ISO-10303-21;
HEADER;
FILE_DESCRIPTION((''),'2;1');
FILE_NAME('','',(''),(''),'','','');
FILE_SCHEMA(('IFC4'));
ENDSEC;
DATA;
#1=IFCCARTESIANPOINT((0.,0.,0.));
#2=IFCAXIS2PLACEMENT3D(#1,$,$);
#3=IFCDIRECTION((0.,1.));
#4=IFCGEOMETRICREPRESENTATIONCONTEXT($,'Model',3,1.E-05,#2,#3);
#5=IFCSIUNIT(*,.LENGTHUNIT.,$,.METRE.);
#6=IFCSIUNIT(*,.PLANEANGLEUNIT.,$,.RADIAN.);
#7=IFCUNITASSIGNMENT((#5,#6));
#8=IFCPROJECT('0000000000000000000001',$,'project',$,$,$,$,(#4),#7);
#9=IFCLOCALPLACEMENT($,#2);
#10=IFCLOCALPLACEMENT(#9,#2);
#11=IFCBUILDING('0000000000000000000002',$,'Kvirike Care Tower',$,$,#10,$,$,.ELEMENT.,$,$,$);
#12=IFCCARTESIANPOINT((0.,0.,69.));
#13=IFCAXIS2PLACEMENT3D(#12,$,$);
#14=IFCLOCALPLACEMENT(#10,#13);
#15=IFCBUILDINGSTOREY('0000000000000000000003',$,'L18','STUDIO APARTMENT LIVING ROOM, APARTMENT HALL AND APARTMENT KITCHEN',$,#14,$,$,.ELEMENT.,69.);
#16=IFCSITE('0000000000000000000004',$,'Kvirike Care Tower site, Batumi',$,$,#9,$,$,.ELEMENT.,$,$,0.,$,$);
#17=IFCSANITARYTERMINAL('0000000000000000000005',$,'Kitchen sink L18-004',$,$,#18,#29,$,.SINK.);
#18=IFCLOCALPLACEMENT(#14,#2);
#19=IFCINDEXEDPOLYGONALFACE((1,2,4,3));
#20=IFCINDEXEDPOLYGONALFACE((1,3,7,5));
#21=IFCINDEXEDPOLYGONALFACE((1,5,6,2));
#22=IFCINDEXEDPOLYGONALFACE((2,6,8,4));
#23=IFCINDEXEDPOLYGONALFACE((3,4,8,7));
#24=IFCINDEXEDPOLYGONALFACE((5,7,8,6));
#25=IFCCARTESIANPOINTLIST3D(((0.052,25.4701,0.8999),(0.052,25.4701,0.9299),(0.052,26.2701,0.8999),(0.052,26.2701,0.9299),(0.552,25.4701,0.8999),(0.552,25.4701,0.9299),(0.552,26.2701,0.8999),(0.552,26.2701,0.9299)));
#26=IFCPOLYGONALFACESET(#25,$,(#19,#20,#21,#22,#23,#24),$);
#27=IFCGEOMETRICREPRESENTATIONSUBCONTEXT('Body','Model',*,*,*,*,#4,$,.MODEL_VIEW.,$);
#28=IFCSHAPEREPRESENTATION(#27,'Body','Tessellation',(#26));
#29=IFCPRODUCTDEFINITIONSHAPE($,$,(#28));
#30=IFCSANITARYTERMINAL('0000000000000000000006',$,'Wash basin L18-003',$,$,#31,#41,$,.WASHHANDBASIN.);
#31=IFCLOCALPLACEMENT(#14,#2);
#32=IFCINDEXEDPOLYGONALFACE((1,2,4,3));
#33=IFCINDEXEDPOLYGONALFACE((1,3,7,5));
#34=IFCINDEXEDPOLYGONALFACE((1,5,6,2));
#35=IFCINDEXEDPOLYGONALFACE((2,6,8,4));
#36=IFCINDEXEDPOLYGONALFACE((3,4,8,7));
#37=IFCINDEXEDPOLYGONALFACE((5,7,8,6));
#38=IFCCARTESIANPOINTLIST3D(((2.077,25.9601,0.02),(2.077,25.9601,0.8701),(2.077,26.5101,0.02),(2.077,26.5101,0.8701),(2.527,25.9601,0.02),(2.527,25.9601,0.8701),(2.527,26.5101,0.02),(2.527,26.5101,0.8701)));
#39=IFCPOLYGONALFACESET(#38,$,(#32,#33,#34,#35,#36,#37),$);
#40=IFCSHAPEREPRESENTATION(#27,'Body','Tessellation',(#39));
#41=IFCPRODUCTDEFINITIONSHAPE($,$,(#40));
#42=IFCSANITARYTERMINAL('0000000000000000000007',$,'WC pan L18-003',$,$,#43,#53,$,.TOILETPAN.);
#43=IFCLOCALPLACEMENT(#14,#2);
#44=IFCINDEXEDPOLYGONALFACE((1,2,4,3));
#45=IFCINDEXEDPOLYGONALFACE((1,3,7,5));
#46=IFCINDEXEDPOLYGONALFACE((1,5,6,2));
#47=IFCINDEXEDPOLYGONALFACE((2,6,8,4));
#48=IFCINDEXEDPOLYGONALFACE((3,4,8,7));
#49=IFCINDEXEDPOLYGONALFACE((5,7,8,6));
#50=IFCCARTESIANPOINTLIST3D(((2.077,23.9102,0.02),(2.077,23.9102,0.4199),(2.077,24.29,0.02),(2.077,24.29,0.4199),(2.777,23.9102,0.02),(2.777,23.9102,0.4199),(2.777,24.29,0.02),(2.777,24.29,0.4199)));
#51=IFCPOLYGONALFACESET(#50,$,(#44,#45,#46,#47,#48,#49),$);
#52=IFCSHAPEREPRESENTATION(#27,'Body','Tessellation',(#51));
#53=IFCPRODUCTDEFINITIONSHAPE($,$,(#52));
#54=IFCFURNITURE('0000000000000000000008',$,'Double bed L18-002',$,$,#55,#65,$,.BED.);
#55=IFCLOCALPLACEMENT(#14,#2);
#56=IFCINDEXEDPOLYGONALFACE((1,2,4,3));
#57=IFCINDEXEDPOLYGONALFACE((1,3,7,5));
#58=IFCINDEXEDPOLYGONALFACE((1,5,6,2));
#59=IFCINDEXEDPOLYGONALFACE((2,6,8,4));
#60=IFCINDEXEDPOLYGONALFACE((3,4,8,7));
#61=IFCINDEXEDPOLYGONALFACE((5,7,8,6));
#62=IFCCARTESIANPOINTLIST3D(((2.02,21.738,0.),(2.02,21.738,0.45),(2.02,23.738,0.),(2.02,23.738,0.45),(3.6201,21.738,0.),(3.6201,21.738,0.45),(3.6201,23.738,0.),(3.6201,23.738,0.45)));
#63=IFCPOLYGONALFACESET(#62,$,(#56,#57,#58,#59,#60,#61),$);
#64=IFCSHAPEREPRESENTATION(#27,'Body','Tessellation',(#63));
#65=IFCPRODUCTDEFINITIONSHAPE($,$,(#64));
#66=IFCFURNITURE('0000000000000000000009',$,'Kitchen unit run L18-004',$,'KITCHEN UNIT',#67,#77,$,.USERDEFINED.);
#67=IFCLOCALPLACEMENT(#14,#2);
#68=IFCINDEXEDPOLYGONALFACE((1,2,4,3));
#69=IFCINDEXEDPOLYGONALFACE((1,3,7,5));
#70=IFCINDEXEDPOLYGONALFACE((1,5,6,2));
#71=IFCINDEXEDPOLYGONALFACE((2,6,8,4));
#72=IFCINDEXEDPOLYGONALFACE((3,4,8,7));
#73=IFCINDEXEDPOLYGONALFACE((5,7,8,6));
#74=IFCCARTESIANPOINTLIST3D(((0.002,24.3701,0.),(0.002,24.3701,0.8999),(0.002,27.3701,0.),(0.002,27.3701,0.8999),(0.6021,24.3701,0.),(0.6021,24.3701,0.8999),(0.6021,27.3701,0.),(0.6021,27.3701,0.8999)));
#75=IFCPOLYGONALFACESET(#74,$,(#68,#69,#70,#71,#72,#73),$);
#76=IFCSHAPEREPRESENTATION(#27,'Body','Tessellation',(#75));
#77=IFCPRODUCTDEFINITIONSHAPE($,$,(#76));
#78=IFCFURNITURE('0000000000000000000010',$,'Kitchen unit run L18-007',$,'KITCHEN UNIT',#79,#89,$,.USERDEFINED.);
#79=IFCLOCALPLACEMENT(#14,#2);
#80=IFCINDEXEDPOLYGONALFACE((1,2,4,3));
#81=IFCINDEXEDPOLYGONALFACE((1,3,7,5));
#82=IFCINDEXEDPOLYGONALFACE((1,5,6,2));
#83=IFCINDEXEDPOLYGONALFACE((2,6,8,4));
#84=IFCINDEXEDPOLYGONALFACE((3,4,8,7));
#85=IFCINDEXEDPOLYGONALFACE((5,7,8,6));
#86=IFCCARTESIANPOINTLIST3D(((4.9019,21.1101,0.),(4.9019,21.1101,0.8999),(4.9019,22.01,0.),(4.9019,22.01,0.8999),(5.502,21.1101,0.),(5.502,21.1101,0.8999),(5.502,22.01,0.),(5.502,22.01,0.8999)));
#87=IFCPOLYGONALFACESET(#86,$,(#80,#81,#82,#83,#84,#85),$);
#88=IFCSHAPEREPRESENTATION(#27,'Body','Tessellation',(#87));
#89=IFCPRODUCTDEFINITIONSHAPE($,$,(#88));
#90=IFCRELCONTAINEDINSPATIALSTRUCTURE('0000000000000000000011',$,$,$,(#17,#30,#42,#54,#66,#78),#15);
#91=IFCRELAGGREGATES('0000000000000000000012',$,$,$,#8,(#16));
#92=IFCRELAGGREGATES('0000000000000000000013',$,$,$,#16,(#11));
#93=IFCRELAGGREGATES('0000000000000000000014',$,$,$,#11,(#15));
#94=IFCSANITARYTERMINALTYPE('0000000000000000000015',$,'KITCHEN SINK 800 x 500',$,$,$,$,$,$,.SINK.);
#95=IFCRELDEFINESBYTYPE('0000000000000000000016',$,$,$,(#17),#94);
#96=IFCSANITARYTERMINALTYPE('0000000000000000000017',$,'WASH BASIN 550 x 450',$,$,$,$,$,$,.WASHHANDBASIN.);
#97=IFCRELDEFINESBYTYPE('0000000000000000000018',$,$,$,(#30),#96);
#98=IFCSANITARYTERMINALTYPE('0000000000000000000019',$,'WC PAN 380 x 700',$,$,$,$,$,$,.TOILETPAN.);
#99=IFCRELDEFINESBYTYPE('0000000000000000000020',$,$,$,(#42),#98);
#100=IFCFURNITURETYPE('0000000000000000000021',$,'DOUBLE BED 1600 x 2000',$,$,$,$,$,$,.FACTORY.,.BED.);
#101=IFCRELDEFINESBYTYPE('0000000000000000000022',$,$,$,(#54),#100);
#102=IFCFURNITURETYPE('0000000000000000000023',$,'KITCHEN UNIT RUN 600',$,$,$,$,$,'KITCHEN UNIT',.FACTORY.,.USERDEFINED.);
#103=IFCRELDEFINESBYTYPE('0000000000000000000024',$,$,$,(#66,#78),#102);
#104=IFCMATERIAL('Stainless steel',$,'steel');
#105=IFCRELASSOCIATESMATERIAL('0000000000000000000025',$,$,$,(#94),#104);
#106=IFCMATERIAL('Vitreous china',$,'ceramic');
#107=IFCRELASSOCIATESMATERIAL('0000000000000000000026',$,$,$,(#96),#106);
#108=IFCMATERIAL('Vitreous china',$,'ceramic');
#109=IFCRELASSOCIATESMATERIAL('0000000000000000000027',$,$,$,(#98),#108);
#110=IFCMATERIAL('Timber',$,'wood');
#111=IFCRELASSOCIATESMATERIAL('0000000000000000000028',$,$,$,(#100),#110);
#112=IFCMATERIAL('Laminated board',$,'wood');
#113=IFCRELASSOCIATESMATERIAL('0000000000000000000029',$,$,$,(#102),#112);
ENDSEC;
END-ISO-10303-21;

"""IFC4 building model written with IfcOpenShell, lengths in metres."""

from ifc_helpers import new_model, si_unit, direction, frame, origin, origin_2d, place, context, subcontext, project, spatial, rectangle, extrude, material, type_object, element, save


model = new_model("IFC4")

# Units and contexts
model_context = context("Model", 3, precision=1e-05, world=origin(), true_north=direction((0.0, 1.0)))
body_context = subcontext(model_context, "Body", "Model", "MODEL_VIEW")
ifc_project = project(units=[si_unit("LENGTHUNIT", "METRE"), si_unit("PLANEANGLEUNIT", "RADIAN")], contexts=[model_context])

# Site, building, storey
site_placement = place(None, origin())
site = spatial("IfcSite", under=ifc_project, at=site_placement, Name="Kvirike Care Tower site, Batumi", CompositionType="ELEMENT", RefElevation=0.0)
building_placement = place(site_placement, origin())
building = spatial("IfcBuilding", under=site, at=building_placement, Name="Kvirike Care Tower", CompositionType="ELEMENT")
storey_placement = place(building_placement, frame((0.0, 0.0, 69.0)))
storey = spatial("IfcBuildingStorey", under=building, at=storey_placement, Name="L18", Description="STUDIO APARTMENT LIVING ROOM, APARTMENT HALL AND APARTMENT KITCHEN", CompositionType="ELEMENT", Elevation=69.0)

# Sanitary terminals
ifc_material_1 = material(Name="Stainless steel", Category="steel")
sanitary_terminal_type_1 = type_object("IfcSanitaryTerminalType", Name="KITCHEN SINK 800 x 500", PredefinedType="SINK", material=ifc_material_1)
sanitary_terminal_1_placement = place(storey_placement, frame((0.302, 25.8701, 0.8999), z_axis=(0.0, 0.0, 1.0), x_axis=(0.0, 1.0, 0.0)))
element("IfcSanitaryTerminal", 1, at=sanitary_terminal_1_placement, inside=storey, type_object=sanitary_terminal_type_1, Name="Kitchen sink L18-004", PredefinedType="SINK", context=body_context, shape_type="SweptSolid", body=[
    extrude(rectangle(XDim=0.8, YDim=0.5, at=origin_2d()), origin(), (0.0, 0.0, 1.0), 0.03),
])
ifc_material_2 = material(Name="Vitreous china", Category="ceramic")
sanitary_terminal_type_2 = type_object("IfcSanitaryTerminalType", Name="WASH BASIN 550 x 450", PredefinedType="WASHHANDBASIN", material=ifc_material_2)
sanitary_terminal_2_placement = place(storey_placement, frame((2.302, 26.2351, 0.02), z_axis=(0.0, 0.0, 1.0), x_axis=(0.0, 1.0, 0.0)))
element("IfcSanitaryTerminal", 2, at=sanitary_terminal_2_placement, inside=storey, type_object=sanitary_terminal_type_2, Name="Wash basin L18-003", PredefinedType="WASHHANDBASIN", context=body_context, shape_type="SweptSolid", body=[
    extrude(rectangle(XDim=0.55, YDim=0.45, at=origin_2d()), origin(), (0.0, 0.0, 1.0), 0.8501),
])
ifc_material_3 = material(Name="Vitreous china", Category="ceramic")
sanitary_terminal_type_3 = type_object("IfcSanitaryTerminalType", Name="WC PAN 380 x 700", PredefinedType="TOILETPAN", material=ifc_material_3)
sanitary_terminal_3_placement = place(storey_placement, frame((2.427, 24.1001, 0.02), z_axis=(0.0, 0.0, 1.0), x_axis=(0.0, 1.0, 0.0)))
element("IfcSanitaryTerminal", 3, at=sanitary_terminal_3_placement, inside=storey, type_object=sanitary_terminal_type_3, Name="WC pan L18-003", PredefinedType="TOILETPAN", context=body_context, shape_type="SweptSolid", body=[
    extrude(rectangle(XDim=0.3799, YDim=0.7, at=origin_2d()), origin(), (0.0, 0.0, 1.0), 0.3999),
])

# Furniture
ifc_material_4 = material(Name="Timber", Category="wood")
furniture_type_1 = type_object("IfcFurnitureType", Name="DOUBLE BED 1600 x 2000", AssemblyPlace="FACTORY", PredefinedType="BED", material=ifc_material_4)
furniture_1_placement = place(storey_placement, frame((2.8201, 22.738, 0.0), z_axis=(0.0, 0.0, 1.0), x_axis=(1.0, 0.0, 0.0)))
element("IfcFurniture", 4, at=furniture_1_placement, inside=storey, type_object=furniture_type_1, Name="Double bed L18-002", PredefinedType="BED", context=body_context, shape_type="SweptSolid", body=[
    extrude(rectangle(XDim=1.6001, YDim=2.0, at=origin_2d()), origin(), (0.0, 0.0, 1.0), 0.45),
])
ifc_material_5 = material(Name="Laminated board", Category="wood")
furniture_type_2 = type_object("IfcFurnitureType", Name="KITCHEN UNIT RUN 600", ElementType="KITCHEN UNIT", AssemblyPlace="FACTORY", PredefinedType="USERDEFINED", material=ifc_material_5)
furniture_2_placement = place(storey_placement, frame((0.302, 25.8701, 0.0), z_axis=(0.0, 0.0, 1.0), x_axis=(0.0, 1.0, 0.0)))
element("IfcFurniture", 5, at=furniture_2_placement, inside=storey, type_object=furniture_type_2, Name="Kitchen unit run L18-004", ObjectType="KITCHEN UNIT", PredefinedType="USERDEFINED", context=body_context, shape_type="SweptSolid", body=[
    extrude(rectangle(XDim=3.0, YDim=0.6001, at=origin_2d()), origin(), (0.0, 0.0, 1.0), 0.8999),
])
furniture_3_placement = place(storey_placement, frame((5.2019, 21.5601, 0.0), z_axis=(0.0, 0.0, 1.0), x_axis=(0.0, 1.0, 0.0)))
element("IfcFurniture", 6, at=furniture_3_placement, inside=storey, type_object=furniture_type_2, Name="Kitchen unit run L18-007", ObjectType="KITCHEN UNIT", PredefinedType="USERDEFINED", context=body_context, shape_type="SweptSolid", body=[
    extrude(rectangle(XDim=0.8999, YDim=0.6001, at=origin_2d()), origin(), (0.0, 0.0, 1.0), 0.8999),
])

save(model, "model.ifc")
